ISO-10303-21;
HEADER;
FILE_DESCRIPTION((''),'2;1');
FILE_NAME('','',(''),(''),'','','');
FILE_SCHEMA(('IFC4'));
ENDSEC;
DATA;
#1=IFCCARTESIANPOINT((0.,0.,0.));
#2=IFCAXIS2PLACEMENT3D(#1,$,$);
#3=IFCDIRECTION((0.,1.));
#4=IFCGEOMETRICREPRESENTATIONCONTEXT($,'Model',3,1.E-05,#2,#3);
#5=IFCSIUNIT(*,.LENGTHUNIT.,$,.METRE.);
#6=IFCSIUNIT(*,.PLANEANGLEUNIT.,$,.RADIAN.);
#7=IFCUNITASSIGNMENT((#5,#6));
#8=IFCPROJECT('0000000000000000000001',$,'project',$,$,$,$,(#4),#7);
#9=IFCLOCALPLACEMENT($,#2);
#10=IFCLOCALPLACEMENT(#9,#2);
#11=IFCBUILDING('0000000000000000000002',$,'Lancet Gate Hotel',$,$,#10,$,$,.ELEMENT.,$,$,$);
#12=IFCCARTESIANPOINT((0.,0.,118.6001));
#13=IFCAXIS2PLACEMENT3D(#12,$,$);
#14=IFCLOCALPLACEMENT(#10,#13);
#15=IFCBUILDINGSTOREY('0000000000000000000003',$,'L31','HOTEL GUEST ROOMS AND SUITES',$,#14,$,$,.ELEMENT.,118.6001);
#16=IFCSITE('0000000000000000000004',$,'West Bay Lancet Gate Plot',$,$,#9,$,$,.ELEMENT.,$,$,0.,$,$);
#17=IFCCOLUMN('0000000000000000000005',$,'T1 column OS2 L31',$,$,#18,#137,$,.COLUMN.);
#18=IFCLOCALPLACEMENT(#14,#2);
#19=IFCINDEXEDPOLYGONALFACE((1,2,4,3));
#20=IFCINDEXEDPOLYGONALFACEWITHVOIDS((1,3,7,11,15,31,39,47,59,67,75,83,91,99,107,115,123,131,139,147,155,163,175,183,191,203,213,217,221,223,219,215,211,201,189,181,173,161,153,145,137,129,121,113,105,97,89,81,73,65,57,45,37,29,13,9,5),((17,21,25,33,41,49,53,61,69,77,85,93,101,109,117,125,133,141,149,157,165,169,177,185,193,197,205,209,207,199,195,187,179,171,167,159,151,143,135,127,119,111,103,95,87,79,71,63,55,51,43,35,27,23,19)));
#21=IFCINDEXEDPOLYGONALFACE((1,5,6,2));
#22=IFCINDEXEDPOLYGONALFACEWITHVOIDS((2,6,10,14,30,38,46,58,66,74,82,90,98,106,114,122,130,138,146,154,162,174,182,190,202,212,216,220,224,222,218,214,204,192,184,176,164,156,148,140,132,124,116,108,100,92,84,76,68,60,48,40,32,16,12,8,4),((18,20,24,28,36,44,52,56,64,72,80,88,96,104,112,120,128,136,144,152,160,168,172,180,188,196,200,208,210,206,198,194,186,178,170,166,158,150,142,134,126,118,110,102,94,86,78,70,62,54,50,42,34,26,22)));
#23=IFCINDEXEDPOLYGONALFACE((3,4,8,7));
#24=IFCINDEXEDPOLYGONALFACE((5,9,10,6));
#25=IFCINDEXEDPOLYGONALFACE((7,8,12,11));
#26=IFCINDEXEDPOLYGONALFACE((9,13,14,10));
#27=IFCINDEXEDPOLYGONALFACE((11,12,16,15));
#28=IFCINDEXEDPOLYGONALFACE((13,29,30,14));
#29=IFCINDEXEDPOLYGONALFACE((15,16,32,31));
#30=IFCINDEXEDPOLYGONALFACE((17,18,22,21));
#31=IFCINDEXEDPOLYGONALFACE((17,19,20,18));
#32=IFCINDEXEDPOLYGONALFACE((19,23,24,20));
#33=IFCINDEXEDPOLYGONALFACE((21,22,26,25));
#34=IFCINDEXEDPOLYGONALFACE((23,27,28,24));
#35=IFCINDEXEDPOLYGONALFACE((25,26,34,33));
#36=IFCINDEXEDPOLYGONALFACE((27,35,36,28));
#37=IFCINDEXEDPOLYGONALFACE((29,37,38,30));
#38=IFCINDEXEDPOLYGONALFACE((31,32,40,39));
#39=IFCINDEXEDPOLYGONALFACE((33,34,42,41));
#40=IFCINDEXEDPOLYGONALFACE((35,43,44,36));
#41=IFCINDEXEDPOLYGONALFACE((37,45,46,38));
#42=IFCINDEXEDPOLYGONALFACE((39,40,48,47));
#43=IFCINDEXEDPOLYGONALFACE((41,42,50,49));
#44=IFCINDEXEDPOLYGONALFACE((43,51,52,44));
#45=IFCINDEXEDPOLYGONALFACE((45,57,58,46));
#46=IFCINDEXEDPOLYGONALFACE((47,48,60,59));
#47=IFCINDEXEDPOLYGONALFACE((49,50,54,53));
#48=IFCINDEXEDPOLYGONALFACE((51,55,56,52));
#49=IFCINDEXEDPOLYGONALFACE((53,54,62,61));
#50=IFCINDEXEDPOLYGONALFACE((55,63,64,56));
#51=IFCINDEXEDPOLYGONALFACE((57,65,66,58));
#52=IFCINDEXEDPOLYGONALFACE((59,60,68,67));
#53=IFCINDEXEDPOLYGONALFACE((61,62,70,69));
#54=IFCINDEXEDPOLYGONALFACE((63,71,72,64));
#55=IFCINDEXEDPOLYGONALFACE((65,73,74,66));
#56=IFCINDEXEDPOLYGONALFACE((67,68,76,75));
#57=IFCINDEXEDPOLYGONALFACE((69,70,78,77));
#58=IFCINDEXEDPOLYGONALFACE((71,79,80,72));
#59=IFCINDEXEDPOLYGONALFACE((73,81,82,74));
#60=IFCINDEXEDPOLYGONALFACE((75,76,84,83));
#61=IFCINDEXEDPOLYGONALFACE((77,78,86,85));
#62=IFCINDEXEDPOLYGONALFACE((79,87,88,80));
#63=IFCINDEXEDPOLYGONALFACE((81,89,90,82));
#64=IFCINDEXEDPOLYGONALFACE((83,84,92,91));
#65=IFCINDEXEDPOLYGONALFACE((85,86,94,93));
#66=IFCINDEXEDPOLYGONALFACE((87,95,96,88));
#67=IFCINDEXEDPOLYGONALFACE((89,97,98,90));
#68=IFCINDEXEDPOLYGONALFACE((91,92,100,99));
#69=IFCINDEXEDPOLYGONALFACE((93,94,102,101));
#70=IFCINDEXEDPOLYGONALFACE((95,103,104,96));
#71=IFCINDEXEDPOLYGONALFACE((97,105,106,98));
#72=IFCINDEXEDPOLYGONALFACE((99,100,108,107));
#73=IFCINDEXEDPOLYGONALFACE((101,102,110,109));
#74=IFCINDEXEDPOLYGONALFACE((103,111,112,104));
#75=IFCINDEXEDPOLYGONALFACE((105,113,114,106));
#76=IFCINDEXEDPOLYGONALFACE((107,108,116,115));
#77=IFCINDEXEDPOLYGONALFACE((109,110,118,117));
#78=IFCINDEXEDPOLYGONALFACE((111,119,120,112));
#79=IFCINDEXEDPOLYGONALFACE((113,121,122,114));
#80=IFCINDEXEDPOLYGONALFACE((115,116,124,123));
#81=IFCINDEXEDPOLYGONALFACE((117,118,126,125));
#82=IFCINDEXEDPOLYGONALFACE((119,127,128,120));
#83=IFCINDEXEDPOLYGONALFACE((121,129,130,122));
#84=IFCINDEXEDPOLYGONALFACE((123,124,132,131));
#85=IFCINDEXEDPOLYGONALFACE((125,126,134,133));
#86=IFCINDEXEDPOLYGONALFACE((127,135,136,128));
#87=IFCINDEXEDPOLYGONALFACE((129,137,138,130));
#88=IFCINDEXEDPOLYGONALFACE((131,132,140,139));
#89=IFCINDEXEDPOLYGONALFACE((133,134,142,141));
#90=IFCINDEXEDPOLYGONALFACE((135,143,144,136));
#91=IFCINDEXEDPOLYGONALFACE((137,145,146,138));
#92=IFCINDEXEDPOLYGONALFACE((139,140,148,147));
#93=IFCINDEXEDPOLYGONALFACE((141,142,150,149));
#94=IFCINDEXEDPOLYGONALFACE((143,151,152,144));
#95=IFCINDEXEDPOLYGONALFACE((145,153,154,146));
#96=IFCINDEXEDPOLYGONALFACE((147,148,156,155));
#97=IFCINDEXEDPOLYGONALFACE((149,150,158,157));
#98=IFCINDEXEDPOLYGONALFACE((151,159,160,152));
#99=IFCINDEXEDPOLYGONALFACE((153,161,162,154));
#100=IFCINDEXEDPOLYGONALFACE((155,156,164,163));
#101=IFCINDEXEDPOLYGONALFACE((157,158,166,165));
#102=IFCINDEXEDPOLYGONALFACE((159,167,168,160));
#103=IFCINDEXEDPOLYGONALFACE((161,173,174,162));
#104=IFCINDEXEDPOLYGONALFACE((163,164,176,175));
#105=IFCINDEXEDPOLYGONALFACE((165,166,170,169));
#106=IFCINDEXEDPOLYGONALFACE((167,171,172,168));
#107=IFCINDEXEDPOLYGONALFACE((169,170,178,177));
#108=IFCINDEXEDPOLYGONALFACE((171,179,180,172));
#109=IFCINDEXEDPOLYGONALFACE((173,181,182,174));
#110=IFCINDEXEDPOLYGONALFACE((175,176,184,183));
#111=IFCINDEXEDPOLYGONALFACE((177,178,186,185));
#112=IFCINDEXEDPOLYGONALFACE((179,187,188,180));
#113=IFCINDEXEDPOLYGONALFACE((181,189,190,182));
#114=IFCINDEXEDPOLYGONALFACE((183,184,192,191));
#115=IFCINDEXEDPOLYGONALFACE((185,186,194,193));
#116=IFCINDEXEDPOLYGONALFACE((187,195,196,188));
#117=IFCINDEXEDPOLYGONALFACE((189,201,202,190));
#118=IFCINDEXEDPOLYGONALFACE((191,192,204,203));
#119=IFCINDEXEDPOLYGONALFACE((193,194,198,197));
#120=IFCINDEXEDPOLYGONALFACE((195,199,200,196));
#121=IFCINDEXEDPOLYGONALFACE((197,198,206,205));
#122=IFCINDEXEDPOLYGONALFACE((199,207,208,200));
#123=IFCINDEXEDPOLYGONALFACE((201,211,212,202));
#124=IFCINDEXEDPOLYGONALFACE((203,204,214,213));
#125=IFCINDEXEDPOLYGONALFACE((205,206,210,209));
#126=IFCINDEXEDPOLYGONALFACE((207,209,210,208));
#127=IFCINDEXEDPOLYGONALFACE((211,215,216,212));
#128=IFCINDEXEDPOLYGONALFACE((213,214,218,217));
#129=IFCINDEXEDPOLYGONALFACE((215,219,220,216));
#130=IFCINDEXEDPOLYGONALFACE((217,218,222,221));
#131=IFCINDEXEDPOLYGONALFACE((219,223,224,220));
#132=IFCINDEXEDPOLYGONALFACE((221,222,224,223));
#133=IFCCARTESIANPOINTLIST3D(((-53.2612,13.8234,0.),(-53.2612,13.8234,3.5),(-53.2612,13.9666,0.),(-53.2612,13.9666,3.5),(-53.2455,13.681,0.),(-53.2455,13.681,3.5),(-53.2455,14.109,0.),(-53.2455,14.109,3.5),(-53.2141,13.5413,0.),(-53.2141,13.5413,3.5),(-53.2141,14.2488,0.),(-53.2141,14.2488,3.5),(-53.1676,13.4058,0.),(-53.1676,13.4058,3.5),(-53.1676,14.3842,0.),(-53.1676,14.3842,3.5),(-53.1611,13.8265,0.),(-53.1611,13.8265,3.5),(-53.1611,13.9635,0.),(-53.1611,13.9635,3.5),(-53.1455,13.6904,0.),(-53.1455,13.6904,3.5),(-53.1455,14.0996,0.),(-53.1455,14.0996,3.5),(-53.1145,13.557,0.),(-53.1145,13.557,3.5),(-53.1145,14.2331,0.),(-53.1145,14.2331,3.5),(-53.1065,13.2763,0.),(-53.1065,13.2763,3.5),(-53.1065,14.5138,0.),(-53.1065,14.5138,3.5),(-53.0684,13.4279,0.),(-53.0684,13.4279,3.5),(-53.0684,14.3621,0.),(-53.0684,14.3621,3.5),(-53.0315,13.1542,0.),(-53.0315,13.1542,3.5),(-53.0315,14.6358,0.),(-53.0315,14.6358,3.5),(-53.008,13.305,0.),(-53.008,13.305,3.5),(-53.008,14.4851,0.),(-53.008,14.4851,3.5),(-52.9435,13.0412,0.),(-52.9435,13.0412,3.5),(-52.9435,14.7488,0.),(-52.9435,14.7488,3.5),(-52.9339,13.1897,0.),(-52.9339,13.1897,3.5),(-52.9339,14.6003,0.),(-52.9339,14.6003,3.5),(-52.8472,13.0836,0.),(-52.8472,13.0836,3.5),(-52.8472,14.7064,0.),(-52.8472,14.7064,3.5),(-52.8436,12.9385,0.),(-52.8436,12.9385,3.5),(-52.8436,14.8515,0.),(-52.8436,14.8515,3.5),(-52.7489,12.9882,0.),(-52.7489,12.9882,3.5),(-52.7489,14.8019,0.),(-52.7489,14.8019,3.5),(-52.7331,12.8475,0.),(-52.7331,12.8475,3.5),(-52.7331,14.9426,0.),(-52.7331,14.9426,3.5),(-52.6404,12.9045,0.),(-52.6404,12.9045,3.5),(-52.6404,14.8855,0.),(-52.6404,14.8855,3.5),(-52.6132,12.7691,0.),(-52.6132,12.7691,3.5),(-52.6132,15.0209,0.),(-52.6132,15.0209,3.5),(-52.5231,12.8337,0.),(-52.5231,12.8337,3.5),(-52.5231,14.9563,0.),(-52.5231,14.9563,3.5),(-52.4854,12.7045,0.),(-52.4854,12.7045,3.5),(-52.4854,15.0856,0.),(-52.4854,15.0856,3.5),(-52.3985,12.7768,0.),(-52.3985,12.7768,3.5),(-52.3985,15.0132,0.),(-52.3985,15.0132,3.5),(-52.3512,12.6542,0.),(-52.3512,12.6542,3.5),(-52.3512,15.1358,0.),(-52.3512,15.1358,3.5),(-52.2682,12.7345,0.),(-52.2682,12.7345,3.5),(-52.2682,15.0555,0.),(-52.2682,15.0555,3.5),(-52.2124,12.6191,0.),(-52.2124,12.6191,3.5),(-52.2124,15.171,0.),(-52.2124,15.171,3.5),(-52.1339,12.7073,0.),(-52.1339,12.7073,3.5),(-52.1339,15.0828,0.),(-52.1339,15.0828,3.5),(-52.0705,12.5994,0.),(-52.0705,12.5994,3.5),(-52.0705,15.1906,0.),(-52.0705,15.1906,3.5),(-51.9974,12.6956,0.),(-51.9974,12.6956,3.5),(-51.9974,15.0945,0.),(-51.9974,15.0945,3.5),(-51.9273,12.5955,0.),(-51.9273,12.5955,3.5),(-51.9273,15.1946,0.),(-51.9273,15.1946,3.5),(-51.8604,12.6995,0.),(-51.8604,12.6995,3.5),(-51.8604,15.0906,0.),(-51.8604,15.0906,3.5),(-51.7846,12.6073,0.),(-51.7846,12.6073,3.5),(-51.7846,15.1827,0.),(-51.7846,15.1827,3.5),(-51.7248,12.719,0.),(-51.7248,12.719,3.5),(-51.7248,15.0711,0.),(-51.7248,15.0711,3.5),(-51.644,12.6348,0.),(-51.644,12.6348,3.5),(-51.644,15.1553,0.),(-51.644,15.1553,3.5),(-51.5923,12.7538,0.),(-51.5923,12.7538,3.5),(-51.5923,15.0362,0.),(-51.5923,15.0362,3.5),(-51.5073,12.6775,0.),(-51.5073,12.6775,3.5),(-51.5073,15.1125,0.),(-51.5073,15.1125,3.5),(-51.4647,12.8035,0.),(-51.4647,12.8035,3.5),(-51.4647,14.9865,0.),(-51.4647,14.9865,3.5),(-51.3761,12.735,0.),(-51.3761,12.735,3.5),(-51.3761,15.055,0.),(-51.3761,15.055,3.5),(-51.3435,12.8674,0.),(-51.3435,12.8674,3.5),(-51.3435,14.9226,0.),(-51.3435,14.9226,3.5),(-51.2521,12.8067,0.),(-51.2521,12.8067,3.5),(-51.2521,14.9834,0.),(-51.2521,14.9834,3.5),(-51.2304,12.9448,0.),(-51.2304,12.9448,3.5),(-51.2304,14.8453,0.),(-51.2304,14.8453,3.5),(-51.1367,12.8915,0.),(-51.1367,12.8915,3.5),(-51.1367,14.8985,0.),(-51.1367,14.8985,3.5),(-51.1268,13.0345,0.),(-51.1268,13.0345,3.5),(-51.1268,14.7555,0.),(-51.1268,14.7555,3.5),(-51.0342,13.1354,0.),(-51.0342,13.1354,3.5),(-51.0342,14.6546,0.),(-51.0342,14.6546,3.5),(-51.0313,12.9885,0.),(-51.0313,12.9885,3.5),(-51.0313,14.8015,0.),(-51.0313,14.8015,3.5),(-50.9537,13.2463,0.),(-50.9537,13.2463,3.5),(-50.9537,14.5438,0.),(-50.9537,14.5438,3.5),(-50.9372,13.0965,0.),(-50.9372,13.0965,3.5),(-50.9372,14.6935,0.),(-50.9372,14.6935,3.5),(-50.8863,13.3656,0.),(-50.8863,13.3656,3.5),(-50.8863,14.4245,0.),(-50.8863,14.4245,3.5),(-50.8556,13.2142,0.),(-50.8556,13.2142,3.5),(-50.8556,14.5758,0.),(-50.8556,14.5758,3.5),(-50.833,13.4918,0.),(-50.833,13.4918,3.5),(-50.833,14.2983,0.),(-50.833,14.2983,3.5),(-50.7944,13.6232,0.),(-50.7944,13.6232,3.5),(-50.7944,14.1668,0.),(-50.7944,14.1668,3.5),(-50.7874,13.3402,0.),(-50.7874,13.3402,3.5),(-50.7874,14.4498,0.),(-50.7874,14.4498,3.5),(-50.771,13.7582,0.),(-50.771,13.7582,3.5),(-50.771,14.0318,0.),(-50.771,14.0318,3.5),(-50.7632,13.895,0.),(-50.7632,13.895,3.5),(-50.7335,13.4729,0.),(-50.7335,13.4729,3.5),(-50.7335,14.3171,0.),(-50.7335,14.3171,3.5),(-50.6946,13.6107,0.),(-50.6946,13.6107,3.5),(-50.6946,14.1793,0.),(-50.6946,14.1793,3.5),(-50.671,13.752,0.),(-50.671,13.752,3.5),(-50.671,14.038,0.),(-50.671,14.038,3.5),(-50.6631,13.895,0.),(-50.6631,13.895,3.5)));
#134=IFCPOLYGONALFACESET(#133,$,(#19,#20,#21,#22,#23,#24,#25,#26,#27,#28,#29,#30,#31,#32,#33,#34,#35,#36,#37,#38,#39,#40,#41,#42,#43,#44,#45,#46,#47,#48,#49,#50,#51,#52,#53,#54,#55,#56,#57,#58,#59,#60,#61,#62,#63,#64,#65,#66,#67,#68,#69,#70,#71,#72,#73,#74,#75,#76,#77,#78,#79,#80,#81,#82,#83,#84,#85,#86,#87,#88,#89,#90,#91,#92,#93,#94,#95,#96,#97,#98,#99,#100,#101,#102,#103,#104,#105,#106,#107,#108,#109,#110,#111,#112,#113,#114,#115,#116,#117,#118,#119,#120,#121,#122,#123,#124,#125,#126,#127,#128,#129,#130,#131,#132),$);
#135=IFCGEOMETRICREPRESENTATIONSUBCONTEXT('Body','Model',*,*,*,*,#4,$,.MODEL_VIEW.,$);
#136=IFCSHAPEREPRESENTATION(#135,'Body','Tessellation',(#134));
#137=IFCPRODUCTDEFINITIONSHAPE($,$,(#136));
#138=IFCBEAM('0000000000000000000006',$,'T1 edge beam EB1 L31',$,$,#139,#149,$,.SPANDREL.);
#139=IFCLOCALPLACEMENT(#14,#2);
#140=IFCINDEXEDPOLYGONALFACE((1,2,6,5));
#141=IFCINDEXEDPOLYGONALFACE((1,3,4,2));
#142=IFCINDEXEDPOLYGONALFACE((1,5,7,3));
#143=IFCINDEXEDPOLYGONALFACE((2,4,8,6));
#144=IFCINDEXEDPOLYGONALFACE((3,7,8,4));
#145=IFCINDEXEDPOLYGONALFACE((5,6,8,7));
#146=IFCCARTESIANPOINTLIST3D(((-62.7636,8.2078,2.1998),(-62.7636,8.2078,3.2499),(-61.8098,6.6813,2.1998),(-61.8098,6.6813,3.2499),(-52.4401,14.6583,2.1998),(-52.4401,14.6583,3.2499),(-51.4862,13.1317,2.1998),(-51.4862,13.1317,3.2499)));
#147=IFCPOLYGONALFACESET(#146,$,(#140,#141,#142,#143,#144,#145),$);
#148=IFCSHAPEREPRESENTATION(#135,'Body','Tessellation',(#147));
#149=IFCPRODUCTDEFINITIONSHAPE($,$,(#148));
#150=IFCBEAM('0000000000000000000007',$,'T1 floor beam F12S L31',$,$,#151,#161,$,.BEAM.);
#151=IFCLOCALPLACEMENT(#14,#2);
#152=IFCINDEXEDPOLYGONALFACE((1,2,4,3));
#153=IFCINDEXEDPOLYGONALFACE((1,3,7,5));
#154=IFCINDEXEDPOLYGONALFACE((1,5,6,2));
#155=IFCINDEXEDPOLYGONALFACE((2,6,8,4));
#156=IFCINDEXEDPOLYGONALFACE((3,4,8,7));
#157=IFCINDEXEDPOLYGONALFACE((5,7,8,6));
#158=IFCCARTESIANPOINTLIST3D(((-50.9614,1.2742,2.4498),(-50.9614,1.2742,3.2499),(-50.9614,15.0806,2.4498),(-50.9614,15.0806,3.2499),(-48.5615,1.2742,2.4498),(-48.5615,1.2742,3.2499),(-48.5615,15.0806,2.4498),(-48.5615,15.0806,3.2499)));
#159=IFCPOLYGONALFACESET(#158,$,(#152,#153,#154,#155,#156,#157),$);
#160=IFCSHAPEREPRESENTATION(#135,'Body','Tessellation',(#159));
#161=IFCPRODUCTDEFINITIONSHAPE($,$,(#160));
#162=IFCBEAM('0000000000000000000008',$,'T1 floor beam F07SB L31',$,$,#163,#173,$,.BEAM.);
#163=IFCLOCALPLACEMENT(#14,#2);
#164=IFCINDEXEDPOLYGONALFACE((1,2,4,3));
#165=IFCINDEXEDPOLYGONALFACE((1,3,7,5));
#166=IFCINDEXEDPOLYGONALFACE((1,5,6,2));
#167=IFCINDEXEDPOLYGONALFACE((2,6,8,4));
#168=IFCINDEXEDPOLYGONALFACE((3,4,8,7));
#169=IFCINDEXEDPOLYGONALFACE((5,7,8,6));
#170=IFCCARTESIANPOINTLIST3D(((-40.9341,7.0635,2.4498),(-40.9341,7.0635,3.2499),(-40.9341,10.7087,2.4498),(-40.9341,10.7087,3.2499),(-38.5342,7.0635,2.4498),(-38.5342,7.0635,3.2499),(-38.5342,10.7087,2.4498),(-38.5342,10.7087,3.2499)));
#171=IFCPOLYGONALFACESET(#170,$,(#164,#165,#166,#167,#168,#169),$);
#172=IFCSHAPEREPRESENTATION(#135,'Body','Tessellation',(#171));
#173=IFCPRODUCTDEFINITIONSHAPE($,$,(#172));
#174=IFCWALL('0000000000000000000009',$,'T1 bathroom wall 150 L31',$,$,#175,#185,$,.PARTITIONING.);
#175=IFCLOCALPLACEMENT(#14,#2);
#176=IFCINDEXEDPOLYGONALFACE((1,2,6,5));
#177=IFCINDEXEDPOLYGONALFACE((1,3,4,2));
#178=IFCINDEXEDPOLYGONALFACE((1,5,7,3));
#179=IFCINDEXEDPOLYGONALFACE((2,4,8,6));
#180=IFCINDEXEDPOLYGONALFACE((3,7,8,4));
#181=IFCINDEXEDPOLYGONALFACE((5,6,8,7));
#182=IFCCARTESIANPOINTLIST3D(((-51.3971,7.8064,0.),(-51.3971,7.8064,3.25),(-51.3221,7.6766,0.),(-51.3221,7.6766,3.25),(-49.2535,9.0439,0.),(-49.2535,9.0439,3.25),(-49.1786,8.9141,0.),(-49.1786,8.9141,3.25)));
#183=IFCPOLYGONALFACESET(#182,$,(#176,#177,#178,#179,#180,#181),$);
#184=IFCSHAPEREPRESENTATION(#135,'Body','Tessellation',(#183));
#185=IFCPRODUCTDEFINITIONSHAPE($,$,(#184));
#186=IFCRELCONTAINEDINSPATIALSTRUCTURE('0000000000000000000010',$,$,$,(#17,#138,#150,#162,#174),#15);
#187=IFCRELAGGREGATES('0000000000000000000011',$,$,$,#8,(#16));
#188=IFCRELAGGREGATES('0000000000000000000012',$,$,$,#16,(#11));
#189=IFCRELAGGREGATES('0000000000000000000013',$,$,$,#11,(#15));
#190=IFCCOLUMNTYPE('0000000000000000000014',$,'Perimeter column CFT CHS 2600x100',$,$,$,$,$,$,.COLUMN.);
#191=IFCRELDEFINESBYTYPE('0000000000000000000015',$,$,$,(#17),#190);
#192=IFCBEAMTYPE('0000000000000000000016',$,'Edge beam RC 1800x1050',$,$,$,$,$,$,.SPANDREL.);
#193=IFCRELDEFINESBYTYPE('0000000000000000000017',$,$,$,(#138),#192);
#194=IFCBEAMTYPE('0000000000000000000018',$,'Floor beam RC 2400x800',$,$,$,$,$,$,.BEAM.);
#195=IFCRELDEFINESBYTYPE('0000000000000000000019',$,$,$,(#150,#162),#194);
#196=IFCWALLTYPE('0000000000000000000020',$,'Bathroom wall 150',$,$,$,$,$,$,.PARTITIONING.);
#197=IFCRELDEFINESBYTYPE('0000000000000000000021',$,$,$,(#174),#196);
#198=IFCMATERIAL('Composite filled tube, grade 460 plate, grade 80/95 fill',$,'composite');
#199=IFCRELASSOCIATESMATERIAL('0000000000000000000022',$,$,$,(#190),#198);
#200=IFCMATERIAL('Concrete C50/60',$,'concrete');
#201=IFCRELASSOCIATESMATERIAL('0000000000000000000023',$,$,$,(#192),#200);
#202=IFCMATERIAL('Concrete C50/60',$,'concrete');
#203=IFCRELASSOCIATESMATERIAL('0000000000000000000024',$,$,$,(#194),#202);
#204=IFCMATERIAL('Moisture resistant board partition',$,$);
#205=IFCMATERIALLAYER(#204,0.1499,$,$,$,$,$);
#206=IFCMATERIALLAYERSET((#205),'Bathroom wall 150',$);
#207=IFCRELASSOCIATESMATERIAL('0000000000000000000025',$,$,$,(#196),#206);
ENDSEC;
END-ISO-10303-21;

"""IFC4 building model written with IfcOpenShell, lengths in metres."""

from ifc_helpers import new_model, si_unit, direction, frame, frame_2d, origin, origin_2d, place, context, subcontext, project, spatial, rectangle, hollow_circle, extrude, material, layer, layer_set, material_profile, profile_set, type_object, element, save


model = new_model("IFC4")

# Units and contexts
model_context = context("Model", 3, precision=1e-05, world=origin(), true_north=direction((0.0, 1.0)))
body_context = subcontext(model_context, "Body", "Model", "MODEL_VIEW")
ifc_project = project(units=[si_unit("LENGTHUNIT", "METRE"), si_unit("PLANEANGLEUNIT", "RADIAN")], contexts=[model_context])

# Site, building, storey
site_placement = place(None, origin())
site = spatial("IfcSite", under=ifc_project, at=site_placement, Name="West Bay Lancet Gate Plot", CompositionType="ELEMENT", RefElevation=0.0)
building_placement = place(site_placement, origin())
building = spatial("IfcBuilding", under=site, at=building_placement, Name="Lancet Gate Hotel", CompositionType="ELEMENT")
storey_placement = place(building_placement, frame((0.0, 0.0, 118.6001)))
storey = spatial("IfcBuildingStorey", under=building, at=storey_placement, Name="L31", Description="HOTEL GUEST ROOMS AND SUITES", CompositionType="ELEMENT", Elevation=118.6001)

# Column
ifc_material_1 = material(Name="Composite filled tube, grade 460 plate, grade 80/95 fill", Category="composite")
ifc_material_profile_1 = material_profile(ifc_material_1, hollow_circle(Radius=1.3, WallThickness=0.1001, at=origin_2d()), Name="CHS 2600x100")
ifc_profile_set_1 = profile_set([ifc_material_profile_1], Name="Composite filled tube, grade 460 plate, grade 80/95 fill")
column_type = type_object("IfcColumnType", Name="Perimeter column CFT CHS 2600x100", PredefinedType="COLUMN", material=ifc_profile_set_1)
column_placement = place(storey_placement, frame((-51.9631, 13.895, 0.0), z_axis=(0.0, 0.0, 1.0), x_axis=(1.0, 0.0, 0.0)))
element("IfcColumn", 1, at=column_placement, inside=storey, type_object=column_type, Name="T1 column OS2 L31", PredefinedType="COLUMN", context=body_context, shape_type="SweptSolid", body=[
    extrude(hollow_circle(Radius=1.3, WallThickness=0.1001, at=origin_2d()), origin(), (0.0, 0.0, 1.0), 3.5),
])

# Beams
ifc_material_2 = material(Name="Concrete C50/60", Category="concrete")
ifc_material_profile_2 = material_profile(ifc_material_2, rectangle(XDim=1.8, YDim=1.05, at=origin_2d()), Name="RC 1800x1050")
ifc_profile_set_2 = profile_set([ifc_material_profile_2], Name="Concrete C50/60")
beam_type_1 = type_object("IfcBeamType", Name="Edge beam RC 1800x1050", PredefinedType="SPANDREL", material=ifc_profile_set_2)
beam_1_placement = place(storey_placement, frame((-51.9631, 13.895, 2.7249), z_axis=(-0.848063, -0.529896, 0.0), x_axis=(0.529896, -0.848063, 0.0)))
element("IfcBeam", 2, at=beam_1_placement, inside=storey, type_object=beam_type_1, Name="T1 edge beam EB1 L31", PredefinedType="SPANDREL", context=body_context, shape_type="SweptSolid", body=[
    extrude(rectangle(XDim=1.8, YDim=1.05, at=origin_2d()), origin(), (0.0, 0.0, 1.0), 12.1731),
])
ifc_material_3 = material(Name="Concrete C50/60", Category="concrete")
ifc_material_profile_3 = material_profile(ifc_material_3, rectangle(XDim=2.3999, YDim=0.8, at=origin_2d()), Name="RC 2400x800")
ifc_profile_set_3 = profile_set([ifc_material_profile_3], Name="Concrete C50/60")
beam_type_2 = type_object("IfcBeamType", Name="Floor beam RC 2400x800", PredefinedType="BEAM", material=ifc_profile_set_3)
beam_2_placement = place(storey_placement, frame((-49.7615, 15.0806, 2.8499), z_axis=(0.0, -1.0, 0.0), x_axis=(1.0, 0.0, 0.0)))
element("IfcBeam", 3, at=beam_2_placement, inside=storey, type_object=beam_type_2, Name="T1 floor beam F12S L31", PredefinedType="BEAM", context=body_context, shape_type="SweptSolid", body=[
    extrude(rectangle(XDim=2.3999, YDim=0.8, at=origin_2d()), origin(), (0.0, 0.0, 1.0), 13.8064),
])
beam_3_placement = place(storey_placement, frame((-39.7341, 10.7087, 2.8499), z_axis=(0.0, -1.0, 0.0), x_axis=(1.0, 0.0, 0.0)))
element("IfcBeam", 4, at=beam_3_placement, inside=storey, type_object=beam_type_2, Name="T1 floor beam F07SB L31", PredefinedType="BEAM", context=body_context, shape_type="SweptSolid", body=[
    extrude(rectangle(XDim=2.3999, YDim=0.8, at=origin_2d()), origin(), (0.0, 0.0, 1.0), 3.6453),
])

# Wall
ifc_material_4 = material(Name="Moisture resistant board partition")
ifc_layer_1 = layer(ifc_material_4, 0.1499)
ifc_layer_set_1 = layer_set([ifc_layer_1], Name="Bathroom wall 150")
wall_type_1 = type_object("IfcWallType", Name="Bathroom wall 150", PredefinedType="PARTITIONING", material=ifc_layer_set_1)
wall_1_placement = place(storey_placement, frame((-49.2161, 8.979, 0.0), z_axis=(0.0, 0.0, 1.0), x_axis=(-0.866031, -0.49999, 0.0)))
element("IfcWall", 5, at=wall_1_placement, inside=storey, type_object=wall_type_1, Name="T1 bathroom wall 150 L31", PredefinedType="PARTITIONING", context=body_context, shape_type="SweptSolid", body=[
    extrude(rectangle(XDim=2.4751, YDim=0.1499, at=frame_2d((1.2375, 0.0))), origin(), (0.0, 0.0, 1.0), 3.25),
])

save(model, "model.ifc")
